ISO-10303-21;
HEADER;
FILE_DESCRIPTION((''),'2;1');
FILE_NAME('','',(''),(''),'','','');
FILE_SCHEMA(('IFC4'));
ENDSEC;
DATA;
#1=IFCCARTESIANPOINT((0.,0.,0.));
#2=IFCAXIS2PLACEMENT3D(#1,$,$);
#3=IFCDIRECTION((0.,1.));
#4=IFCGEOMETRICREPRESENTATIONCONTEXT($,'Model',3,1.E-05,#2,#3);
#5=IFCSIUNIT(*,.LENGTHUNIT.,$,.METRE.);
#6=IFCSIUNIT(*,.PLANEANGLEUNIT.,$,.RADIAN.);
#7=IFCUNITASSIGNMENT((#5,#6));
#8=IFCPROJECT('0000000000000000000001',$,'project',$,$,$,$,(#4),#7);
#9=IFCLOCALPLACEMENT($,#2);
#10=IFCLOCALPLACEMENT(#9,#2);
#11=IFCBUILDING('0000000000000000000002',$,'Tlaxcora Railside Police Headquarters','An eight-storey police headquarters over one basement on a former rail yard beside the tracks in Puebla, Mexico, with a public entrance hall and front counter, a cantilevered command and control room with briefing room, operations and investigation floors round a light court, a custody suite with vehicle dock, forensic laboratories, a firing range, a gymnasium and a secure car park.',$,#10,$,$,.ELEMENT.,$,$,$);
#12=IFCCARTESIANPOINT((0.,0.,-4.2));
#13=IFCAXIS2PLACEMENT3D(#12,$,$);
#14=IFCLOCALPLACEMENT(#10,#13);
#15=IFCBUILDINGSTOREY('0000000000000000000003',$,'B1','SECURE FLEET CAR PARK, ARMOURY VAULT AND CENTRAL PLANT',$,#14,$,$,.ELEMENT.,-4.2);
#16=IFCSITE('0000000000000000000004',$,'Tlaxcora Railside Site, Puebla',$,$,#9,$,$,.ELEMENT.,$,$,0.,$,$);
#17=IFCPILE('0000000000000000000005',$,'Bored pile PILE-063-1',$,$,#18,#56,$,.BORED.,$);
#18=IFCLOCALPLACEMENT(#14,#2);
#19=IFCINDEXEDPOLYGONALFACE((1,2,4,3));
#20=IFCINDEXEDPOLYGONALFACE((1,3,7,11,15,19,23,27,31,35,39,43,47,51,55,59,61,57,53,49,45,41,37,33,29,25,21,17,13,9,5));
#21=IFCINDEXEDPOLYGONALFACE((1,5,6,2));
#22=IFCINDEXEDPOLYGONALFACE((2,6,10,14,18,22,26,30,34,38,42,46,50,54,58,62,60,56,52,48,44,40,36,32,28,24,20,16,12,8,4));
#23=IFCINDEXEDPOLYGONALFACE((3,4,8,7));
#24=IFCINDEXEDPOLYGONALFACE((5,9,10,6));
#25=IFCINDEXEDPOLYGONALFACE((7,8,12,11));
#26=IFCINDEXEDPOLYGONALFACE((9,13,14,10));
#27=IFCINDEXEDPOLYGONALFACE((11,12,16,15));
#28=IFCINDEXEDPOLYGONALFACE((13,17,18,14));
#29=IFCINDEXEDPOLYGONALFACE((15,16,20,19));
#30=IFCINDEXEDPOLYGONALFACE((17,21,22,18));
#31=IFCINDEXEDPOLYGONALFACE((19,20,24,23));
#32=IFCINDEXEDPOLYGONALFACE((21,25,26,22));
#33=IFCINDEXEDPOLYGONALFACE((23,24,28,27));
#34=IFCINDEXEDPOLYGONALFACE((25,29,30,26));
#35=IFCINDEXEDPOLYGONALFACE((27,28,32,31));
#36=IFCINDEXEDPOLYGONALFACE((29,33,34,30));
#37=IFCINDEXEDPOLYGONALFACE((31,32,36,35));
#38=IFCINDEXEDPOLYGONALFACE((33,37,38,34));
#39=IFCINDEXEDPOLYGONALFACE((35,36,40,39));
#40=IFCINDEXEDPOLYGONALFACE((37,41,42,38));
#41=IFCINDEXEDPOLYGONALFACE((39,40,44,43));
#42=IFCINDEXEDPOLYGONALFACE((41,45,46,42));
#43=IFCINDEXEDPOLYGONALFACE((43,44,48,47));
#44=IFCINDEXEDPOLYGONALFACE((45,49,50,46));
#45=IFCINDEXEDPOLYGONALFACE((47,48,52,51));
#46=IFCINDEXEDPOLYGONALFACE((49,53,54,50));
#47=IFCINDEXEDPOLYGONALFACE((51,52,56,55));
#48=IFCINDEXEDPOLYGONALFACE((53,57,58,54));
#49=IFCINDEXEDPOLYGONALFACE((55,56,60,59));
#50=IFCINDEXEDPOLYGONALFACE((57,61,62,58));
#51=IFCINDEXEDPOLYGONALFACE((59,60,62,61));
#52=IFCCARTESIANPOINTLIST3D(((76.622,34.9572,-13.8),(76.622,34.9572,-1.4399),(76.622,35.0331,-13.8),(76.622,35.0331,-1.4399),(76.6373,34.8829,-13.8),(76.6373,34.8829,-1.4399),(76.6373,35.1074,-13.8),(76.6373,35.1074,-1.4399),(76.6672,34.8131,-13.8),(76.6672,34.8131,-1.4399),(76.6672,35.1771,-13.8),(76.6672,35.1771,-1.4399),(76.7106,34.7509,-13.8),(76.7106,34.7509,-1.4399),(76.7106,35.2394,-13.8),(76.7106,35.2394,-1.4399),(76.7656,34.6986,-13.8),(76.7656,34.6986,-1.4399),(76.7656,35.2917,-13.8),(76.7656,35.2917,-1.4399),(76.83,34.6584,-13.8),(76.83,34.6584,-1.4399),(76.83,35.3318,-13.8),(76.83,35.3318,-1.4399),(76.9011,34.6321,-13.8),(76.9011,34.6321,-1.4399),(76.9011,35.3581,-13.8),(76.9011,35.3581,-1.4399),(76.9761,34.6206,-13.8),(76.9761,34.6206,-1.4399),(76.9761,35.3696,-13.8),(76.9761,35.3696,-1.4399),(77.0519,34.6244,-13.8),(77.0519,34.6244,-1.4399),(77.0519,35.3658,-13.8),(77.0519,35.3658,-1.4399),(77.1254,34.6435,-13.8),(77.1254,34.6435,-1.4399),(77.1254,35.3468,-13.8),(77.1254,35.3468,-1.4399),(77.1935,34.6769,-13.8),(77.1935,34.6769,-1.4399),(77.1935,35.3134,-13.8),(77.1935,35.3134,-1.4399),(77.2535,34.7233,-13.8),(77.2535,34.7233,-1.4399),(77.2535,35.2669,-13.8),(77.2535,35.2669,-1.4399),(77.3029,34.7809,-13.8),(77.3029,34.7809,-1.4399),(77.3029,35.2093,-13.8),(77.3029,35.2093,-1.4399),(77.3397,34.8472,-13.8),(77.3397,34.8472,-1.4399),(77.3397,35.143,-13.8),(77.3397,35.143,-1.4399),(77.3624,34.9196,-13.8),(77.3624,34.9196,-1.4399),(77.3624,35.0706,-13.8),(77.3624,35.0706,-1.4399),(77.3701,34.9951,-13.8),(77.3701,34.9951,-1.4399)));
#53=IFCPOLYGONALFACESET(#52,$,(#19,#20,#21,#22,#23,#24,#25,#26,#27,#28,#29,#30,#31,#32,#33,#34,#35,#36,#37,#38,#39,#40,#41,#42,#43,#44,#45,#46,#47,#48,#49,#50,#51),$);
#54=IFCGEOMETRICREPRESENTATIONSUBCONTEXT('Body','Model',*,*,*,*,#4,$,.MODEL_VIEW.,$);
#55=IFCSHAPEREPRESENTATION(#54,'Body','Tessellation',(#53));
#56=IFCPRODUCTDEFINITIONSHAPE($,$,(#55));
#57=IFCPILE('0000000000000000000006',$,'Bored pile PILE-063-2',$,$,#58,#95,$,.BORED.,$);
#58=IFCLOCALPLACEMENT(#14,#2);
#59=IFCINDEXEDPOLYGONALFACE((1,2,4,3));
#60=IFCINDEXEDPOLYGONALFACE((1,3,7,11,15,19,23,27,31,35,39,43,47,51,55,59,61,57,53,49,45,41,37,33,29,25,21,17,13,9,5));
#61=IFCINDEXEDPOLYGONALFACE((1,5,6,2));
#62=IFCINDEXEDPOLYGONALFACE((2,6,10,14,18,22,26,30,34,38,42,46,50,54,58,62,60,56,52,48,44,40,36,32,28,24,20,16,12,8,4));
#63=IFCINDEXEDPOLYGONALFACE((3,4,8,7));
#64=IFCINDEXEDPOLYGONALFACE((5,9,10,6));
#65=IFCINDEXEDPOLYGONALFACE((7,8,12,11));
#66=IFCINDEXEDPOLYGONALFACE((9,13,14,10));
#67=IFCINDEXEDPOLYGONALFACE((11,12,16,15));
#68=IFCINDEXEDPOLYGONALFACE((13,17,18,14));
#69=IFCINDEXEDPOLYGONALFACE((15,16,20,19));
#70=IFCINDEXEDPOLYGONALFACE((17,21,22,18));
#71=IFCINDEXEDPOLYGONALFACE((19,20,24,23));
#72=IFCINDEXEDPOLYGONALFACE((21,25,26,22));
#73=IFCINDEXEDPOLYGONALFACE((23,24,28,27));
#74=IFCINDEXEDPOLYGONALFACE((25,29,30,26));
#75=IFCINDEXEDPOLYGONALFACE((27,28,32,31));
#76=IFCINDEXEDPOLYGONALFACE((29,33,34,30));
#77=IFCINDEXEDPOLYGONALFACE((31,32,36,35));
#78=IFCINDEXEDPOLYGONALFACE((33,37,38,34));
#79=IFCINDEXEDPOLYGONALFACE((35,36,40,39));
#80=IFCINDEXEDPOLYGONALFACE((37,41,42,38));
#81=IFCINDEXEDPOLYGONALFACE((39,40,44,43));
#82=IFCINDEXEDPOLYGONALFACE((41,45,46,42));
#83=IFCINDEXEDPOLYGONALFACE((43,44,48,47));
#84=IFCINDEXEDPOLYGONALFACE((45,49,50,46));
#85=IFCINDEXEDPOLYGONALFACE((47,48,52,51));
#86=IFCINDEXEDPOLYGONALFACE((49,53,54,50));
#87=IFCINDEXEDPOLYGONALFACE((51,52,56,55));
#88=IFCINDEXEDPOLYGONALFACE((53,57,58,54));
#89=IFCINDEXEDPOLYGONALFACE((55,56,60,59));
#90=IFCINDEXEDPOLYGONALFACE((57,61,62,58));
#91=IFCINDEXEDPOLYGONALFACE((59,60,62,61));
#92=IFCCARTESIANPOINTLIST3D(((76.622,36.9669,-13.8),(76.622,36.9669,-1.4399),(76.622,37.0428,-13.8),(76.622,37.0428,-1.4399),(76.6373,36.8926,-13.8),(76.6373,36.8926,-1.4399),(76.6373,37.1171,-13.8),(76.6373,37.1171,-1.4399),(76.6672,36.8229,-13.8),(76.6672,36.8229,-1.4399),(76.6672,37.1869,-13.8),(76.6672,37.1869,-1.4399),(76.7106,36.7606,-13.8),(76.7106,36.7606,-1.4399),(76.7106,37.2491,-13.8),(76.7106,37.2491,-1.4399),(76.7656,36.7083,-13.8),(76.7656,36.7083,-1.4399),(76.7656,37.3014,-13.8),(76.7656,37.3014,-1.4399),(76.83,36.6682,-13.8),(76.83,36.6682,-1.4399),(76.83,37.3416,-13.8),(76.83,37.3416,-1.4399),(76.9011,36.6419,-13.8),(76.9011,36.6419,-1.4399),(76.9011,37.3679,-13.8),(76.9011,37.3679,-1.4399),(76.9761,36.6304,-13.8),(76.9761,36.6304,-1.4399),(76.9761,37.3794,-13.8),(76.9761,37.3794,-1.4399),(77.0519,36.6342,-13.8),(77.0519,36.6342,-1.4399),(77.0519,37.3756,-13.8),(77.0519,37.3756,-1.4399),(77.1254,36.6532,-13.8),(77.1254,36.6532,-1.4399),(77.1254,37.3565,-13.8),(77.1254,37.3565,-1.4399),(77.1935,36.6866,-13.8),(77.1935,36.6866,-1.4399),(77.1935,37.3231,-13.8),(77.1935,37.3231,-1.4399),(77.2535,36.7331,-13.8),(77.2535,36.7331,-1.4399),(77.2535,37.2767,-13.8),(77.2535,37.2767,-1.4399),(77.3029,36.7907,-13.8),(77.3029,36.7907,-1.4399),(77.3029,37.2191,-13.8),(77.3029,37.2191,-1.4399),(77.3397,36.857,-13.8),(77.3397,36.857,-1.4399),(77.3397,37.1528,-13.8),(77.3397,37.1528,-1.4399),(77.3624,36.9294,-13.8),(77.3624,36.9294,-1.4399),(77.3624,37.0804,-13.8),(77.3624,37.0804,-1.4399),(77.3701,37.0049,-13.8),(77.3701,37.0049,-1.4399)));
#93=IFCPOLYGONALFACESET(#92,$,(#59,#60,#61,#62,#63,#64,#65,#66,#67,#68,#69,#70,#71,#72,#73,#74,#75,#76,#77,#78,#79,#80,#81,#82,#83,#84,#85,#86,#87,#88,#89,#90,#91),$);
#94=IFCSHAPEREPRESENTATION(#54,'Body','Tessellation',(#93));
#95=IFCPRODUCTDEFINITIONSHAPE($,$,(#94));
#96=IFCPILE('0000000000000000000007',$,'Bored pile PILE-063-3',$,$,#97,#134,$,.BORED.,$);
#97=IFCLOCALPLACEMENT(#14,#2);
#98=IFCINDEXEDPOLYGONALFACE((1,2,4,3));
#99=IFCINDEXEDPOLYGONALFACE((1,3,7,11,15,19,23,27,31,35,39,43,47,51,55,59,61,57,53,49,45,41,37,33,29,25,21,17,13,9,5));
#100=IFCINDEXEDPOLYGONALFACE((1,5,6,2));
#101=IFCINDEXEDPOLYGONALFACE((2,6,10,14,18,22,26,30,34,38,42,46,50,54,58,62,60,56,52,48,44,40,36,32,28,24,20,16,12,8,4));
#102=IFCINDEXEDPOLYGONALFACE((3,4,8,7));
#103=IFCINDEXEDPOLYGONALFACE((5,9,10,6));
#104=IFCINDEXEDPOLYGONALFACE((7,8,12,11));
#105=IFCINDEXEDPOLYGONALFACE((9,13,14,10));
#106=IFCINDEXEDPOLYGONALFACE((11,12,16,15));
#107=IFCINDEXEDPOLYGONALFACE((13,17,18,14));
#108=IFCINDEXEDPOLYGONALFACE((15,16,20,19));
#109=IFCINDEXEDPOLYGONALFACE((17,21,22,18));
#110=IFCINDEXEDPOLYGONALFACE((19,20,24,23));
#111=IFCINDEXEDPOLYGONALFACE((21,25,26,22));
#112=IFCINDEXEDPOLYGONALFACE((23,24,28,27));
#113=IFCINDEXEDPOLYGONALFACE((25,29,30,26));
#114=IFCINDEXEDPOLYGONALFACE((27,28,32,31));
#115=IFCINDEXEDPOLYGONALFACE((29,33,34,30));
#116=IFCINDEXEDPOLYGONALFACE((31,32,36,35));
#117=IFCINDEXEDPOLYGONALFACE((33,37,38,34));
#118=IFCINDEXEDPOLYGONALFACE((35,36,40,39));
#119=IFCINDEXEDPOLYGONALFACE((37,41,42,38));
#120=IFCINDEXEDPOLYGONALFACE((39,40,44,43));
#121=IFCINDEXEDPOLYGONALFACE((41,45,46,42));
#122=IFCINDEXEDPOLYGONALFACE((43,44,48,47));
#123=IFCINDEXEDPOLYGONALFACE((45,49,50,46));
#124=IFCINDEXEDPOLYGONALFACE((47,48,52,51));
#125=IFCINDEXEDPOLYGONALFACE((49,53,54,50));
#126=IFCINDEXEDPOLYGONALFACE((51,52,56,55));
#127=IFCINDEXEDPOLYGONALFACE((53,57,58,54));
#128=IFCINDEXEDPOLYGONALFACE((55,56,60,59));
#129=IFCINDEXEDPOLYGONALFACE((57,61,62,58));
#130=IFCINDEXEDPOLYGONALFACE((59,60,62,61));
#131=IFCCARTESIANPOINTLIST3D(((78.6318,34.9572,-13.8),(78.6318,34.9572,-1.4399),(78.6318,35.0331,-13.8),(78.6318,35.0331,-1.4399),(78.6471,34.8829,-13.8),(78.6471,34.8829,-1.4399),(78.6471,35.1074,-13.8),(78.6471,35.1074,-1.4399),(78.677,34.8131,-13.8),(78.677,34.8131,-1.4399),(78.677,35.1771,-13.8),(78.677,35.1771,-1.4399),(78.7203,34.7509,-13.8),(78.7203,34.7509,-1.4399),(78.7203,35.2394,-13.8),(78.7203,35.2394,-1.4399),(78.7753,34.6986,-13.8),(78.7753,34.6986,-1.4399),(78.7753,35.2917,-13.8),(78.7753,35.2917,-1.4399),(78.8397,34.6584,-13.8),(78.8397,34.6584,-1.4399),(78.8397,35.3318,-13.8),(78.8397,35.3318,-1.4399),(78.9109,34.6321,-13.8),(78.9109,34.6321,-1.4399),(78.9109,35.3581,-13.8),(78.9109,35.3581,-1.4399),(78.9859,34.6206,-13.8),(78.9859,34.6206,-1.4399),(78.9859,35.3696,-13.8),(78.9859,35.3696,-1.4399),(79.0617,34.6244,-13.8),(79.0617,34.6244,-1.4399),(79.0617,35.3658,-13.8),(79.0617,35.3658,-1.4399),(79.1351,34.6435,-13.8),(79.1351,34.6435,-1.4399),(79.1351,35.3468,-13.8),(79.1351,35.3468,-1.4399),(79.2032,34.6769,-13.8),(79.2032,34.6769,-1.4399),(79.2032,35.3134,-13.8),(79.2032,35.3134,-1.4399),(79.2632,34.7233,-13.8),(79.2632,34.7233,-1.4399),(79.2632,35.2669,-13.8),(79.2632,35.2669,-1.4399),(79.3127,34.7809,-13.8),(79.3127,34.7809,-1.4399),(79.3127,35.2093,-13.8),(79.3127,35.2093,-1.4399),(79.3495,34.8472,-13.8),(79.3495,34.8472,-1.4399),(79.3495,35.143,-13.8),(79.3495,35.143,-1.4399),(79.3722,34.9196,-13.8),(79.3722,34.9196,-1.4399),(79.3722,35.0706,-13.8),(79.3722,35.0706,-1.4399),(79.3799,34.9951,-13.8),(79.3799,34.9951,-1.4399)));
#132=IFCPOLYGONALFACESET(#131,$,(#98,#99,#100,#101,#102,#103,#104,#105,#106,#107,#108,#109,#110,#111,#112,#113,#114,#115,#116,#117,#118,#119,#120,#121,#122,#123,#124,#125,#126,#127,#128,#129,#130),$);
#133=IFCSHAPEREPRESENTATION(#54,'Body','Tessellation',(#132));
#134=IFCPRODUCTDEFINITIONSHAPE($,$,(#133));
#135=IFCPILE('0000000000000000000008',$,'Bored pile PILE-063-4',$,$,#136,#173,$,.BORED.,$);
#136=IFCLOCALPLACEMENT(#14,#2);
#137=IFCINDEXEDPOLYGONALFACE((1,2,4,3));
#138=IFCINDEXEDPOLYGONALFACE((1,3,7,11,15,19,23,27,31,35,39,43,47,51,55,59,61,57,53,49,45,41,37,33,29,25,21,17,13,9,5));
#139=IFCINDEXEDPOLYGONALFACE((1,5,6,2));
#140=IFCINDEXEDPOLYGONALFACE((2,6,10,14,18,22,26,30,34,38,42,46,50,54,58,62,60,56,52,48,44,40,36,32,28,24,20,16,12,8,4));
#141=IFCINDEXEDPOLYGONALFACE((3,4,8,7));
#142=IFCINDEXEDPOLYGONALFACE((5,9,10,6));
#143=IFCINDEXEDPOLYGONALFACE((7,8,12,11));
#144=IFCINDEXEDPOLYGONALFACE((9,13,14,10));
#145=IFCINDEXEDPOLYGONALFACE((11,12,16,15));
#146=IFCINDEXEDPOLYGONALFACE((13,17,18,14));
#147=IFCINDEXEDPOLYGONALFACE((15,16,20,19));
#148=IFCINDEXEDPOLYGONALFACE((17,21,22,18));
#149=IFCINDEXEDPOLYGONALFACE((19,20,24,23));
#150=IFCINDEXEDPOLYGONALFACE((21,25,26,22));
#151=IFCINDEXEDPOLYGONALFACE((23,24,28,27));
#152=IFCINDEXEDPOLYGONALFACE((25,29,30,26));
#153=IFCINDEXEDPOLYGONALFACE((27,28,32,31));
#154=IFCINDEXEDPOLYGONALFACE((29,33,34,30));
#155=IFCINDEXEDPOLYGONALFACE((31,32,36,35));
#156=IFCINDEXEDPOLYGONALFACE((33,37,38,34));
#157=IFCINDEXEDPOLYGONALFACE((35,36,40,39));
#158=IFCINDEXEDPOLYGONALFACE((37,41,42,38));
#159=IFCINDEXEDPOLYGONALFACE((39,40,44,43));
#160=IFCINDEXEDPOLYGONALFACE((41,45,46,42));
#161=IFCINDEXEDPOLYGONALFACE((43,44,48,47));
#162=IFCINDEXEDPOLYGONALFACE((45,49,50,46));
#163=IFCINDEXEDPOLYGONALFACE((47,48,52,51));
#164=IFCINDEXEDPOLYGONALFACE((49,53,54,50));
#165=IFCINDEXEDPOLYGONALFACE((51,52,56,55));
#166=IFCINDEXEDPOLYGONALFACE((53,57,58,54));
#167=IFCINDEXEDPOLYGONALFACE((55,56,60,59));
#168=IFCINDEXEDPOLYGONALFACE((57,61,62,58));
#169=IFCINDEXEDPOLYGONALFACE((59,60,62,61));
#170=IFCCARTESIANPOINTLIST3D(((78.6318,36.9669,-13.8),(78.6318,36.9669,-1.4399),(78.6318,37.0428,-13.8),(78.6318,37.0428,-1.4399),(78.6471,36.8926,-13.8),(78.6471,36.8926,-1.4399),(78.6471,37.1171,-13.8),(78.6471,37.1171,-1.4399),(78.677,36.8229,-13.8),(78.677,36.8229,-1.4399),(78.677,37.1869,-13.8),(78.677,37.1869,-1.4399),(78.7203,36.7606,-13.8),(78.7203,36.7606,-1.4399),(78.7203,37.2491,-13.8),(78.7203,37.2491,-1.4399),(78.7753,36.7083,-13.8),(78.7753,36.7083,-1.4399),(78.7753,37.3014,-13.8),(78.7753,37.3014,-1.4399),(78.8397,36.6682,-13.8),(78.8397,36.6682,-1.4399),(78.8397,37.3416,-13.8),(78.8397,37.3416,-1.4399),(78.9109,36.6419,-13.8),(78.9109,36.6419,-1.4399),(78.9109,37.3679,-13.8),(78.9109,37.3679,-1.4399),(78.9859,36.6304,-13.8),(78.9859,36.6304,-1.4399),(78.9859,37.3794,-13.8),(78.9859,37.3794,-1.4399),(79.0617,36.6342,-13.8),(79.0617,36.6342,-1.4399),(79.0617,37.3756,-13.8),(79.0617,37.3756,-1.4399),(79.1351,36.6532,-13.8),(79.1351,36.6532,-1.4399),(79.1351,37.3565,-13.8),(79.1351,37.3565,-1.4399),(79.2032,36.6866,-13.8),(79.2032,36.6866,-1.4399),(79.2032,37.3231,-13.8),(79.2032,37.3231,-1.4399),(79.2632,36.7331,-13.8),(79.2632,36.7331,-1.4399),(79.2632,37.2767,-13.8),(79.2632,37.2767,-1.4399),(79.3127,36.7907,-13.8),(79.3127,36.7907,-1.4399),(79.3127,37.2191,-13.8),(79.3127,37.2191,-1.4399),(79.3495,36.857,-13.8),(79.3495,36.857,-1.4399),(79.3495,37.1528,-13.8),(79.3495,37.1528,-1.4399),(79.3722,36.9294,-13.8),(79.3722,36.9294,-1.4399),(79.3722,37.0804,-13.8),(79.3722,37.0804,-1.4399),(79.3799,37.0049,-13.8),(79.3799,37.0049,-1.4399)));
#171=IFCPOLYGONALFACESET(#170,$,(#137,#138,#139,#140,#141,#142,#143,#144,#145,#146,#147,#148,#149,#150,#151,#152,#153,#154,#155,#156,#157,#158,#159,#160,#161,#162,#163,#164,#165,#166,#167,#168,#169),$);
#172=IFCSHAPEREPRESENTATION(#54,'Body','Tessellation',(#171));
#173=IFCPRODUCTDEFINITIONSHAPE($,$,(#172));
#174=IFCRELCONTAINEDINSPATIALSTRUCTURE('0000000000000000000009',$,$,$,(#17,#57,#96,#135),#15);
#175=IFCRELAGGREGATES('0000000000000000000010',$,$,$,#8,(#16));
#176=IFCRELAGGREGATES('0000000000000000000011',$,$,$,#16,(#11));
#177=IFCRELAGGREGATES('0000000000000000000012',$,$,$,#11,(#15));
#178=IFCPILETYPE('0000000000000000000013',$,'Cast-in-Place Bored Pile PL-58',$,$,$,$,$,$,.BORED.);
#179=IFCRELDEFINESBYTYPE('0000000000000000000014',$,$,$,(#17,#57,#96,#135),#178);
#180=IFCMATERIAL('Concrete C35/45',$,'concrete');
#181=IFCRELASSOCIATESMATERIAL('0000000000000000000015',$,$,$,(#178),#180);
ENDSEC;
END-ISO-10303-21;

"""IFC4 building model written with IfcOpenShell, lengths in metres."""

from ifc_helpers import new_model, si_unit, direction, frame, origin, origin_2d, place, context, subcontext, project, spatial, circle, extrude, material, material_profile, profile_set, type_object, element, save


model = new_model("IFC4")

# Units and contexts
model_context = context("Model", 3, precision=1e-05, world=origin(), true_north=direction((0.0, 1.0)))
body_context = subcontext(model_context, "Body", "Model", "MODEL_VIEW")
ifc_project = project(units=[si_unit("LENGTHUNIT", "METRE"), si_unit("PLANEANGLEUNIT", "RADIAN")], contexts=[model_context])

# Site, building, storey
site_placement = place(None, origin())
site = spatial("IfcSite", under=ifc_project, at=site_placement, Name="Tlaxcora Railside Site, Puebla", CompositionType="ELEMENT", RefElevation=0.0)
building_placement = place(site_placement, origin())
building = spatial("IfcBuilding", under=site, at=building_placement, Name="Tlaxcora Railside Police Headquarters", Description="An eight-storey police headquarters over one basement on a former rail yard beside the tracks in Puebla, Mexico, with a public entrance hall and front counter, a cantilevered command and control room with briefing room, operations and investigation floors round a light court, a custody suite with vehicle dock, forensic laboratories, a firing range, a gymnasium and a secure car park.", CompositionType="ELEMENT")
storey_placement = place(building_placement, frame((0.0, 0.0, -4.2)))
storey = spatial("IfcBuildingStorey", under=building, at=storey_placement, Name="B1", Description="SECURE FLEET CAR PARK, ARMOURY VAULT AND CENTRAL PLANT", CompositionType="ELEMENT", Elevation=-4.2)

# Piles
ifc_material_1 = material(Name="Concrete C35/45", Category="concrete")
ifc_material_profile_1 = material_profile(ifc_material_1, circle(Radius=0.375, at=origin_2d()), Name="PILE750")
ifc_profile_set_1 = profile_set([ifc_material_profile_1], Name="Concrete C35/45")
pile_type_1 = type_object("IfcPileType", Name="Cast-in-Place Bored Pile PL-58", PredefinedType="BORED", material=ifc_profile_set_1)
for number, where, z_axis, x_axis, name in (
    (1, (76.9951, 34.9951, -1.4399), (0.0, 0.0, -1.0), (1.0, 0.0, 0.0), "Bored pile PILE-063-1"),
    (2, (76.9951, 37.0049, -1.4399), (0.0, 0.0, -1.0), (1.0, 0.0, 0.0), "Bored pile PILE-063-2"),
    (3, (79.0049, 34.9951, -1.4399), (0.0, 0.0, -1.0), (1.0, 0.0, 0.0), "Bored pile PILE-063-3"),
    (4, (79.0049, 37.0049, -1.4399), (0.0, 0.0, -1.0), (1.0, 0.0, 0.0), "Bored pile PILE-063-4"),
):
    element("IfcPile", number, at=place(storey_placement, frame(where, z_axis=z_axis, x_axis=x_axis)), inside=storey, type_object=pile_type_1, Name=name, PredefinedType="BORED", context=body_context, shape_type="SweptSolid", body=[
        extrude(circle(Radius=0.375, at=origin_2d()), origin(), (0.0, 0.0, 1.0), 12.3601),
    ])

save(model, "model.ifc")
